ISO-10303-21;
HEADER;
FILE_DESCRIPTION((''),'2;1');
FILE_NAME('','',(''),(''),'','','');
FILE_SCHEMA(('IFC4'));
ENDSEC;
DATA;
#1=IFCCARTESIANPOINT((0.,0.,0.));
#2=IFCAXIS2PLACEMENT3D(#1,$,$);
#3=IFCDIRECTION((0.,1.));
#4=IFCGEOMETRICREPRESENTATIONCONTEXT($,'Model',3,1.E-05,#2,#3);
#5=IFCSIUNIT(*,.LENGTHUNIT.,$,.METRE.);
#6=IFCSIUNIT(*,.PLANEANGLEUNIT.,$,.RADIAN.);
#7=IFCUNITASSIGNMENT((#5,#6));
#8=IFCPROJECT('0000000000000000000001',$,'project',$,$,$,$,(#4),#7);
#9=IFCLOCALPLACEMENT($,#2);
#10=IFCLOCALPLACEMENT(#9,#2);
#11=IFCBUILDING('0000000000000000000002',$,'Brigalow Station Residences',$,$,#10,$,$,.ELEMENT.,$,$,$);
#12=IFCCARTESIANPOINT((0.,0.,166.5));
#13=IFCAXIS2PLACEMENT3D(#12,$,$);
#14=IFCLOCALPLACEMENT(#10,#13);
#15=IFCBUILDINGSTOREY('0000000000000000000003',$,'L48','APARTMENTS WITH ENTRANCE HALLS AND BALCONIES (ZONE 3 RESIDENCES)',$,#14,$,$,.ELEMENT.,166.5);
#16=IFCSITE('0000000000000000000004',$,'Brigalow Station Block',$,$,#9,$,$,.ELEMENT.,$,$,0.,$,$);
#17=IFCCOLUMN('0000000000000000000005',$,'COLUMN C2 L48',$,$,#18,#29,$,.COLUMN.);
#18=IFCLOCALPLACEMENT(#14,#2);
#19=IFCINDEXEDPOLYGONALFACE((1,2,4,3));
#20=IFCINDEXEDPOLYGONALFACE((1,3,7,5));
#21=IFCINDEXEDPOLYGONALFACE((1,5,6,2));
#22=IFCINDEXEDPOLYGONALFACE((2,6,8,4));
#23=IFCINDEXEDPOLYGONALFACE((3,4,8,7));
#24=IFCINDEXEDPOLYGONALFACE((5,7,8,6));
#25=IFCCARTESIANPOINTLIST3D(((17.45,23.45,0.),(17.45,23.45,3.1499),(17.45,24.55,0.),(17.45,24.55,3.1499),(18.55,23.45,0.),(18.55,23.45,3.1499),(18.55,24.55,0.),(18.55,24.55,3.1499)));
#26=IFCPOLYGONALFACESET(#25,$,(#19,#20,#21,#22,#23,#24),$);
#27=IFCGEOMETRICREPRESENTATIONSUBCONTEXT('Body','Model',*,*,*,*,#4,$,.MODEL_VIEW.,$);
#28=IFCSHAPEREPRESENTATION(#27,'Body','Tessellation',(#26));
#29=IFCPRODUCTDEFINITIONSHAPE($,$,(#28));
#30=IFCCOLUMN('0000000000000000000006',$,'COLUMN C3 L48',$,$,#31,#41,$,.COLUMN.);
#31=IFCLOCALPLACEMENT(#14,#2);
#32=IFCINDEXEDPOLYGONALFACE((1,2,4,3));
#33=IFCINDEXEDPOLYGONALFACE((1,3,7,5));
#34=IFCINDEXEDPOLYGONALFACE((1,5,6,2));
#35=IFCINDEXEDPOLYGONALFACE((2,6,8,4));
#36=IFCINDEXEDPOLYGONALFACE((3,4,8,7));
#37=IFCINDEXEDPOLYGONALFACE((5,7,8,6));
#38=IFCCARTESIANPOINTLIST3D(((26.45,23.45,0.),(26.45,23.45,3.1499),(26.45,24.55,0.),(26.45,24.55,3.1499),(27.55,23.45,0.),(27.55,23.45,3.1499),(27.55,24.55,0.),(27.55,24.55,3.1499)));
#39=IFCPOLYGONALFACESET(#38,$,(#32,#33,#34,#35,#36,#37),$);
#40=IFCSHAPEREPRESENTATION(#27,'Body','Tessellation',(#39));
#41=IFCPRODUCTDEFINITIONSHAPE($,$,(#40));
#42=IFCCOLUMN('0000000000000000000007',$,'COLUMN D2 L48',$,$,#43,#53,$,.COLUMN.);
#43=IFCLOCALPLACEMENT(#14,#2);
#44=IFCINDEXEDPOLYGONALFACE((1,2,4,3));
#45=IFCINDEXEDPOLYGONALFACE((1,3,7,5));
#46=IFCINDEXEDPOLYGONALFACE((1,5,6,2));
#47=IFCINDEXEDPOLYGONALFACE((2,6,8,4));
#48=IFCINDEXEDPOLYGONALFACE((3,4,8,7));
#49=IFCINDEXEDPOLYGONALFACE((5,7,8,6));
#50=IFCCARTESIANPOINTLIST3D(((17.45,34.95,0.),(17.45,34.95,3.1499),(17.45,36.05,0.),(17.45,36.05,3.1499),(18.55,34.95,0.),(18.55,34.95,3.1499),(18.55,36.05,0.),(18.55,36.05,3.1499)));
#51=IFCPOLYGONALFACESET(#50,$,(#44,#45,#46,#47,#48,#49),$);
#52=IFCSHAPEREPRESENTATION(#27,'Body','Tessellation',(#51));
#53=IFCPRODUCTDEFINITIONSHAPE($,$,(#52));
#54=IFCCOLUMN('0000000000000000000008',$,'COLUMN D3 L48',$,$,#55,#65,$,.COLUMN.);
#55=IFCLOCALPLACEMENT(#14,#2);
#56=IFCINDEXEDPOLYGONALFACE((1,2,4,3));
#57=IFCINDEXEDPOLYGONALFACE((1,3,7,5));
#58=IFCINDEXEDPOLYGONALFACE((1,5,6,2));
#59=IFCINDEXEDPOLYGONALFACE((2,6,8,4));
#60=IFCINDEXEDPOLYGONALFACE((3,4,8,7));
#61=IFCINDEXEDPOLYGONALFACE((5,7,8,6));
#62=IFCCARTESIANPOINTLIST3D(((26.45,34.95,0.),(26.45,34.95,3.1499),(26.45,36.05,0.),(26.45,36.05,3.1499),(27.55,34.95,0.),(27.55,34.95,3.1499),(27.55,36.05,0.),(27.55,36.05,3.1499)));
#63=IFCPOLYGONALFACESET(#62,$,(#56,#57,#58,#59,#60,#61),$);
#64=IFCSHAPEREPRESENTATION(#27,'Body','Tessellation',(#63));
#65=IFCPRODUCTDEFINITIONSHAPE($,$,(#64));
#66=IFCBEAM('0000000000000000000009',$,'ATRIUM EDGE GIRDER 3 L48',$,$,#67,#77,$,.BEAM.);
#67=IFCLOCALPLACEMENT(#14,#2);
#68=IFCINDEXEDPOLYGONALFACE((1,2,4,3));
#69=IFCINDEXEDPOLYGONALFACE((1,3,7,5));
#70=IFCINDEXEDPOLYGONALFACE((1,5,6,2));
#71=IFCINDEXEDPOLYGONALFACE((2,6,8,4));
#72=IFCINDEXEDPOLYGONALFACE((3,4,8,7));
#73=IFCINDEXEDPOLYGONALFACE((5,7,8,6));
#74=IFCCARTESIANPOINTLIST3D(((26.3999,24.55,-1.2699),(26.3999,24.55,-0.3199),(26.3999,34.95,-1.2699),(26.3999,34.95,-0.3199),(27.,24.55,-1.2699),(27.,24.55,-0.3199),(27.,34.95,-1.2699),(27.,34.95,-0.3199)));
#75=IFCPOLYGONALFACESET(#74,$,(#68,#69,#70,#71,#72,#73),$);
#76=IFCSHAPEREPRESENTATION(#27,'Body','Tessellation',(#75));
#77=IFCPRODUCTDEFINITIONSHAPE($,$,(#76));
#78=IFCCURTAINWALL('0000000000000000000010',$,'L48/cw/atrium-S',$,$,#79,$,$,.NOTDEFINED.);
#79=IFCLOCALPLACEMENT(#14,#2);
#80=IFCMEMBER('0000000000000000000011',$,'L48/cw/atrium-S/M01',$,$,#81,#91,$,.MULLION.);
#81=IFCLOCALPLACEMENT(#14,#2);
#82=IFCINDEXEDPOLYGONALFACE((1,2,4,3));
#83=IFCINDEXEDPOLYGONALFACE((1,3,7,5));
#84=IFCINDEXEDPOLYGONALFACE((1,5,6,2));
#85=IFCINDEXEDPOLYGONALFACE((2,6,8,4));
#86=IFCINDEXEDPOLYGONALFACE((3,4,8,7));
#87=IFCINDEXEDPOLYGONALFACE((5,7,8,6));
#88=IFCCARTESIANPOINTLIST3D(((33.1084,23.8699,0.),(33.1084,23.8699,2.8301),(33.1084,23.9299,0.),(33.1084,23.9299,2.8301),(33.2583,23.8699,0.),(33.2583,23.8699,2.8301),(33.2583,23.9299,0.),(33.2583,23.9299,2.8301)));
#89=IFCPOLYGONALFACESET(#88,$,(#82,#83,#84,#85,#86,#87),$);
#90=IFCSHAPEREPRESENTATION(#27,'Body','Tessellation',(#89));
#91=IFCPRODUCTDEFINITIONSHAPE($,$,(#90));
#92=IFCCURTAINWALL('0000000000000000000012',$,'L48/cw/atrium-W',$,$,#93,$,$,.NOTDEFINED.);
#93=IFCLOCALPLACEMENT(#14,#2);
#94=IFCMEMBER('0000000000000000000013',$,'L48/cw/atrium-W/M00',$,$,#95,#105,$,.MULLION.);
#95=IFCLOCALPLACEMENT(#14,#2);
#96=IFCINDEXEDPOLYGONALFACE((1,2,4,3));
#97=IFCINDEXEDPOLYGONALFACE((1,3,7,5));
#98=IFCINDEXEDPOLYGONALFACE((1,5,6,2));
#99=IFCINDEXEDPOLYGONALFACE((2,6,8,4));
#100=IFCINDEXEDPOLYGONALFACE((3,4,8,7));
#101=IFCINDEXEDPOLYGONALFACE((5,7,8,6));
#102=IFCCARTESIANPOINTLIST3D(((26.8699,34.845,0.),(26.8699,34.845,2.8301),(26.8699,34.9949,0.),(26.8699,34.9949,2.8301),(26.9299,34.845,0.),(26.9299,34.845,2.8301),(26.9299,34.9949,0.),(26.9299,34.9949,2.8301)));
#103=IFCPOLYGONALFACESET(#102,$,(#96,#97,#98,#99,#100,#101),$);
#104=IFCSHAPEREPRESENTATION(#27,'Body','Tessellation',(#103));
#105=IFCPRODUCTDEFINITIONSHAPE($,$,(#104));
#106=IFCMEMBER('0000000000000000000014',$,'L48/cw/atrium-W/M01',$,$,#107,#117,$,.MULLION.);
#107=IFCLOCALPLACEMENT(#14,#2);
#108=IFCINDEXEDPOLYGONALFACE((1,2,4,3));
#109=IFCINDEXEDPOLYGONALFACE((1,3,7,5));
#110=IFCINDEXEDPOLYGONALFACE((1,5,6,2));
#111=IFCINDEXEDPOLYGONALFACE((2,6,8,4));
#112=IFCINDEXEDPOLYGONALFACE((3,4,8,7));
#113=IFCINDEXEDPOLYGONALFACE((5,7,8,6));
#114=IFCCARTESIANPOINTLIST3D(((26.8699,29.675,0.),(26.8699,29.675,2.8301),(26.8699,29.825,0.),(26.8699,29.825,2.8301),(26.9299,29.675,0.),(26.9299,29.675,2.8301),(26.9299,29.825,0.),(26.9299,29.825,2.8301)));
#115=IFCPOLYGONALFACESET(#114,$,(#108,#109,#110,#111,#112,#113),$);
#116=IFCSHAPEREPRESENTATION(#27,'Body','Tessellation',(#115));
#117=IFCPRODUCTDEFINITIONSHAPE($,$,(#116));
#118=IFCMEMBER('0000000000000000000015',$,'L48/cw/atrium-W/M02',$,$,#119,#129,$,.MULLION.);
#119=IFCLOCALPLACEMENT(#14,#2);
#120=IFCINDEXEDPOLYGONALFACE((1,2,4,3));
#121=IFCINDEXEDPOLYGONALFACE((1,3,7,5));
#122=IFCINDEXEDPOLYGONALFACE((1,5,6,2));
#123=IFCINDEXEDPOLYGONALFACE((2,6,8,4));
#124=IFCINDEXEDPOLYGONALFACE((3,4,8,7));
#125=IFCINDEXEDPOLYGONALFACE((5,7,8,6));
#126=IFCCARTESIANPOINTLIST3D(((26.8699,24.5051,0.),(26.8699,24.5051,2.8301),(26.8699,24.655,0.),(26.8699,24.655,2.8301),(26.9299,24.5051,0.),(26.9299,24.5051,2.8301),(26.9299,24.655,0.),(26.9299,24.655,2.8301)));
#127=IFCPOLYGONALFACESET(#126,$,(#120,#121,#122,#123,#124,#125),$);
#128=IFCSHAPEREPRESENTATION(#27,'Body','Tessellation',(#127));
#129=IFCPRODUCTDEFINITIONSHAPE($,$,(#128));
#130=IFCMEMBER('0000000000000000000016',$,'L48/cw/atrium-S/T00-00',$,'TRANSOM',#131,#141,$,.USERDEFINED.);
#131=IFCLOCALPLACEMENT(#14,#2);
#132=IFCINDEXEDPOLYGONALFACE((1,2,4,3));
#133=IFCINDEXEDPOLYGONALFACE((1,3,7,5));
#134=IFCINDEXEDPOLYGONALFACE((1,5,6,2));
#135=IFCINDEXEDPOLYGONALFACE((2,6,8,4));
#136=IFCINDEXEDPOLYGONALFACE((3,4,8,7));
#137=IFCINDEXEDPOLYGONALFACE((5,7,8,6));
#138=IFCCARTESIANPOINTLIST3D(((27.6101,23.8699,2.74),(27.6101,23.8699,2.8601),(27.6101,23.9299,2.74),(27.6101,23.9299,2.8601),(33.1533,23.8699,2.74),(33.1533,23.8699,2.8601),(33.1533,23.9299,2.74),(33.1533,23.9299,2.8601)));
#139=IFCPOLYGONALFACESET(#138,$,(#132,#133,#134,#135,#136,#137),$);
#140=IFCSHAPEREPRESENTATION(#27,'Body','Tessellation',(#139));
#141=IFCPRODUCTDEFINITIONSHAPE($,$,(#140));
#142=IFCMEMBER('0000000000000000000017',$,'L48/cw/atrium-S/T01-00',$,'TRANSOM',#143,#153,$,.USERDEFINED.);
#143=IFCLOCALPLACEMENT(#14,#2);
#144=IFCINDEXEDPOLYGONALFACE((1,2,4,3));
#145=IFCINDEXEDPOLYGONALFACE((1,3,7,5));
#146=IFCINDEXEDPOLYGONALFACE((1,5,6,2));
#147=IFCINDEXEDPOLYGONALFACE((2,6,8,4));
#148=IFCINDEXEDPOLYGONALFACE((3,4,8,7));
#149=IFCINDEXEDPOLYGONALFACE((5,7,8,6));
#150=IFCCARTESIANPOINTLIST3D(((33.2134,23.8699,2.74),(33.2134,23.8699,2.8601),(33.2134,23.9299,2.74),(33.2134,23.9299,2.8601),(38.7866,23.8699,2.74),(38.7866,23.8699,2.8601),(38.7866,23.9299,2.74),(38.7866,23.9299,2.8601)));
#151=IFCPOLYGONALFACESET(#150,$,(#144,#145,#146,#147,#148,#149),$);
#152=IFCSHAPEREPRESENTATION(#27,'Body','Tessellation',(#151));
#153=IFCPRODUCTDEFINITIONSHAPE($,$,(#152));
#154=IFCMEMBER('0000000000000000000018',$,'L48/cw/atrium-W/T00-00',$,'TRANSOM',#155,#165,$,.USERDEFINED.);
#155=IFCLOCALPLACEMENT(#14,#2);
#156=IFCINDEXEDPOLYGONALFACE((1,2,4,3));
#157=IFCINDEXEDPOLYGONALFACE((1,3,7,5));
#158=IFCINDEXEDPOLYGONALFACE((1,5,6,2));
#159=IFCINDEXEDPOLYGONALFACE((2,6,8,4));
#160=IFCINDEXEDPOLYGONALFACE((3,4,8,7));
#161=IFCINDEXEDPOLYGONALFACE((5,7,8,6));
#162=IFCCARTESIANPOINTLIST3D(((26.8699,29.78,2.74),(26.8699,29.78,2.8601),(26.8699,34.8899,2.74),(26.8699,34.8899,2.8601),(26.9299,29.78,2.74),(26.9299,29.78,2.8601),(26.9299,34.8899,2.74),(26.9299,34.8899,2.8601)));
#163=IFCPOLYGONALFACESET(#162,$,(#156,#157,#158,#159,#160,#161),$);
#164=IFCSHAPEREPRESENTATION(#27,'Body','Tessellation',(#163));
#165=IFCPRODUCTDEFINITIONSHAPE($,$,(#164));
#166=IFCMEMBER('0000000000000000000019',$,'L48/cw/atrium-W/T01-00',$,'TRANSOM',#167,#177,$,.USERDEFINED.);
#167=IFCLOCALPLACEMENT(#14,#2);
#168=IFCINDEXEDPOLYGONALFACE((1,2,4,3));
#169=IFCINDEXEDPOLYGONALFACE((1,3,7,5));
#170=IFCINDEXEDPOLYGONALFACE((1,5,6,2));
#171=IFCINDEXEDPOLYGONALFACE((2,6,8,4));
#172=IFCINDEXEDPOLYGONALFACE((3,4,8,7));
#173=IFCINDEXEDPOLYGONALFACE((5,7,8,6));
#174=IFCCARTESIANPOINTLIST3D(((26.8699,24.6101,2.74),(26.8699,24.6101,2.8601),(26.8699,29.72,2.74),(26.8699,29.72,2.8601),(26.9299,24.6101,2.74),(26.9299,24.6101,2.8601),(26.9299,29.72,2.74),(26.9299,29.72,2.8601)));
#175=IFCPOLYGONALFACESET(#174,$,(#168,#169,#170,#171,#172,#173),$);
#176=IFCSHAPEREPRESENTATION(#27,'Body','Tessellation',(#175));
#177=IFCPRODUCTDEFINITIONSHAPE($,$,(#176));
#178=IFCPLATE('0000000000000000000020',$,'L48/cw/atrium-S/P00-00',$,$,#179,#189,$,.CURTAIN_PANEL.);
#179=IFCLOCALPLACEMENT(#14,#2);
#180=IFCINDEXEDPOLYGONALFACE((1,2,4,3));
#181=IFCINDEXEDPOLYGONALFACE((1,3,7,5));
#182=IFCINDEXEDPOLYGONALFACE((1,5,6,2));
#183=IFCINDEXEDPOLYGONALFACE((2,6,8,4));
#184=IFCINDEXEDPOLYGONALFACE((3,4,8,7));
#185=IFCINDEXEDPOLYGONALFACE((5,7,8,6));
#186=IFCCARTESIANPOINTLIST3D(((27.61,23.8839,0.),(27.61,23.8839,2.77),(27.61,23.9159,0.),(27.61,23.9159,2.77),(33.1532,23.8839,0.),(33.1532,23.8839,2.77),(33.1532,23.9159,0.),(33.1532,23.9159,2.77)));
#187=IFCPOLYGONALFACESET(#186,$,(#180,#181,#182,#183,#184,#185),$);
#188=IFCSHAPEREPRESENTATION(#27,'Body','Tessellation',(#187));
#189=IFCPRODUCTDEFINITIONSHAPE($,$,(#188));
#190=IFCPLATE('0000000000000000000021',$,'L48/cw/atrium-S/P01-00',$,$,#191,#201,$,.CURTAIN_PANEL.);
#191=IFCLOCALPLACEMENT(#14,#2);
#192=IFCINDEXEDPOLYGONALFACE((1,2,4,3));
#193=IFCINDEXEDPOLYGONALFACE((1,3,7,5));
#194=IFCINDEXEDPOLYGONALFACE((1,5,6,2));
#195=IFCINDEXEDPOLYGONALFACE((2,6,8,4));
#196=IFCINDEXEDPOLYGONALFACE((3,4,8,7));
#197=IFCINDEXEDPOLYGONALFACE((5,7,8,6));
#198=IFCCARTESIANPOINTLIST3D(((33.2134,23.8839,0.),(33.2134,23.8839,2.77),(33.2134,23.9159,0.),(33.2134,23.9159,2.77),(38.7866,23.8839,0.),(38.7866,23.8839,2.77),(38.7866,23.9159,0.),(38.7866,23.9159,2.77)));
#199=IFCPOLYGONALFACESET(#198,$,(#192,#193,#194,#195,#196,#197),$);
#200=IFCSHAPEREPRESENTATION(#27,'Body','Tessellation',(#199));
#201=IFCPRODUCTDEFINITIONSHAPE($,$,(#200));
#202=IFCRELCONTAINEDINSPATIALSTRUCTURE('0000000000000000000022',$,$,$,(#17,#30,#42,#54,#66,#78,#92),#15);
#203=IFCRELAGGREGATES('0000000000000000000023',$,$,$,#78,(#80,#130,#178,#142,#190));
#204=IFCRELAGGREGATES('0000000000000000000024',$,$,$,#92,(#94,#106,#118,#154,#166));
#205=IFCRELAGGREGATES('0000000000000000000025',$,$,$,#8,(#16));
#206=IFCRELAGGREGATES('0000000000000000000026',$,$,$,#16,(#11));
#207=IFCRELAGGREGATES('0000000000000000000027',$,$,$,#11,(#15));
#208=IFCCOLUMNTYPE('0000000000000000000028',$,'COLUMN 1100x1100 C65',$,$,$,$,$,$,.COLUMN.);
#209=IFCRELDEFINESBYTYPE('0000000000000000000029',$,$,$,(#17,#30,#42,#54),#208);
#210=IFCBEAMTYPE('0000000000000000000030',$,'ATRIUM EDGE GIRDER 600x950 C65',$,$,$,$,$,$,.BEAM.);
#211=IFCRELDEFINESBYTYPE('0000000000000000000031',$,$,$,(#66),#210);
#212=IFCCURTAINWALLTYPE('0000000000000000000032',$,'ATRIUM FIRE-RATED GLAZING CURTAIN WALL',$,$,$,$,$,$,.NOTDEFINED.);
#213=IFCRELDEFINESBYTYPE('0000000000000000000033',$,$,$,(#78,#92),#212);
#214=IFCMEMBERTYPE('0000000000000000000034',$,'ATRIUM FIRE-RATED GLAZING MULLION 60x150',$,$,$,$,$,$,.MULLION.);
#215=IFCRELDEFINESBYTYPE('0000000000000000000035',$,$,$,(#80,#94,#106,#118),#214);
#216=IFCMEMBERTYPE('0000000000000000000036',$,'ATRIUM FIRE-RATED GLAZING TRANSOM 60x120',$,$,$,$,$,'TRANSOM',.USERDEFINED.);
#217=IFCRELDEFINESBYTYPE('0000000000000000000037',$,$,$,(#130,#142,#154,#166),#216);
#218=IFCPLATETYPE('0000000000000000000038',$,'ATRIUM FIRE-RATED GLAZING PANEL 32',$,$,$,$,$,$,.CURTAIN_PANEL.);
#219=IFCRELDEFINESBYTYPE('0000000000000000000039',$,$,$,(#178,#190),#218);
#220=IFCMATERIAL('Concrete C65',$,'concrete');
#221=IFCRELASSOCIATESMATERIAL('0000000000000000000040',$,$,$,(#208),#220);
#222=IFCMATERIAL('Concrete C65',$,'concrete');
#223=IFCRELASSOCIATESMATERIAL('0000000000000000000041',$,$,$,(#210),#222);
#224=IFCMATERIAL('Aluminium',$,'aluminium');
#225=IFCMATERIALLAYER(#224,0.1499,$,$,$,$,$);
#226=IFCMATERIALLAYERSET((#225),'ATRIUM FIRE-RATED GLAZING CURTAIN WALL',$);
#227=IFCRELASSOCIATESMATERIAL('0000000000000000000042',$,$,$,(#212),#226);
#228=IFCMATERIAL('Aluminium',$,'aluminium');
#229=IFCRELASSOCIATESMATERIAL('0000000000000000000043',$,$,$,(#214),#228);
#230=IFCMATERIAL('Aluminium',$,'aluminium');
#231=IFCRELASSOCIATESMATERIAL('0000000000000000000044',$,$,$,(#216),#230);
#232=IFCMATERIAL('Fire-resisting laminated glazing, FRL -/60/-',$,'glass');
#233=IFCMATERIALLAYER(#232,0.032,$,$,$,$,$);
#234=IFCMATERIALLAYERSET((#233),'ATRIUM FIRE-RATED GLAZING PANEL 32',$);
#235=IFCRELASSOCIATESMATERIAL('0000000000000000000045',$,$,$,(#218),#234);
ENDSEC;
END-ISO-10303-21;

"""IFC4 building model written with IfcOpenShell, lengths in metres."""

from ifc_helpers import new_model, si_unit, direction, frame, origin, origin_2d, place, context, subcontext, project, spatial, rectangle, extrude, material, layer, layer_set, material_profile, profile_set, type_object, element, aggregate, save


model = new_model("IFC4")

# Units and contexts
model_context = context("Model", 3, precision=1e-05, world=origin(), true_north=direction((0.0, 1.0)))
body_context = subcontext(model_context, "Body", "Model", "MODEL_VIEW")
ifc_project = project(units=[si_unit("LENGTHUNIT", "METRE"), si_unit("PLANEANGLEUNIT", "RADIAN")], contexts=[model_context])

# Site, building, storey
site_placement = place(None, origin())
site = spatial("IfcSite", under=ifc_project, at=site_placement, Name="Brigalow Station Block", CompositionType="ELEMENT", RefElevation=0.0)
building_placement = place(site_placement, origin())
building = spatial("IfcBuilding", under=site, at=building_placement, Name="Brigalow Station Residences", CompositionType="ELEMENT")
storey_placement = place(building_placement, frame((0.0, 0.0, 166.5)))
storey = spatial("IfcBuildingStorey", under=building, at=storey_placement, Name="L48", Description="APARTMENTS WITH ENTRANCE HALLS AND BALCONIES (ZONE 3 RESIDENCES)", CompositionType="ELEMENT", Elevation=166.5)

# Columns
ifc_material_1 = material(Name="Concrete C65", Category="concrete")
ifc_material_profile_1 = material_profile(ifc_material_1, rectangle(XDim=1.1001, YDim=1.1001, at=origin_2d()), Name="RC1100x1100")
ifc_profile_set_1 = profile_set([ifc_material_profile_1], Name="Concrete C65")
column_type = type_object("IfcColumnType", Name="COLUMN 1100x1100 C65", PredefinedType="COLUMN", material=ifc_profile_set_1)
for number, where, z_axis, x_axis, name in (
    (1, (18.0, 24.0, 0.0), (0.0, 0.0, 1.0), (1.0, 0.0, 0.0), "COLUMN C2 L48"),
    (2, (27.0, 24.0, 0.0), (0.0, 0.0, 1.0), (1.0, 0.0, 0.0), "COLUMN C3 L48"),
    (3, (18.0, 35.5, 0.0), (0.0, 0.0, 1.0), (1.0, 0.0, 0.0), "COLUMN D2 L48"),
    (4, (27.0, 35.5, 0.0), (0.0, 0.0, 1.0), (1.0, 0.0, 0.0), "COLUMN D3 L48"),
):
    element("IfcColumn", number, at=place(storey_placement, frame(where, z_axis=z_axis, x_axis=x_axis)), inside=storey, type_object=column_type, Name=name, PredefinedType="COLUMN", context=body_context, shape_type="SweptSolid", body=[
        extrude(rectangle(XDim=1.1001, YDim=1.1001, at=origin_2d()), origin(), (0.0, 0.0, 1.0), 3.1499),
    ])

# Beam
ifc_material_2 = material(Name="Concrete C65", Category="concrete")
ifc_material_profile_2 = material_profile(ifc_material_2, rectangle(XDim=0.6001, YDim=0.95, at=origin_2d()), Name="RC600x950")
ifc_profile_set_2 = profile_set([ifc_material_profile_2], Name="Concrete C65")
beam_type = type_object("IfcBeamType", Name="ATRIUM EDGE GIRDER 600x950 C65", PredefinedType="BEAM", material=ifc_profile_set_2)
beam_placement = place(storey_placement, frame((26.7, 24.55, -0.7949), z_axis=(0.0, 1.0, 0.0), x_axis=(-1.0, 0.0, 0.0)))
element("IfcBeam", 5, at=beam_placement, inside=storey, type_object=beam_type, Name="ATRIUM EDGE GIRDER 3 L48", PredefinedType="BEAM", context=body_context, shape_type="SweptSolid", body=[
    extrude(rectangle(XDim=0.6001, YDim=0.95, at=origin_2d()), origin(), (0.0, 0.0, 1.0), 10.3999),
])

# Curtain wall, member
ifc_material_3 = material(Name="Aluminium", Category="aluminium")
ifc_layer_1 = layer(ifc_material_3, 0.1499)
ifc_layer_set_1 = layer_set([ifc_layer_1], Name="ATRIUM FIRE-RATED GLAZING CURTAIN WALL")
curtain_wall_type = type_object("IfcCurtainWallType", Name="ATRIUM FIRE-RATED GLAZING CURTAIN WALL", PredefinedType="NOTDEFINED", material=ifc_layer_set_1)
curtain_wall_1_placement = place(storey_placement, origin())
curtain_wall_1 = element("IfcCurtainWall", 6, at=curtain_wall_1_placement, inside=storey, type_object=curtain_wall_type, Name="L48/cw/atrium-S", PredefinedType="NOTDEFINED")
ifc_material_4 = material(Name="Aluminium", Category="aluminium")
ifc_material_profile_3 = material_profile(ifc_material_4, rectangle(XDim=0.0601, YDim=0.1499, at=origin_2d()), Name="ATRIUM FIRE-RATED GLAZING MULLION 60x150")
ifc_profile_set_3 = profile_set([ifc_material_profile_3], Name="Aluminium")
member_type_1 = type_object("IfcMemberType", Name="ATRIUM FIRE-RATED GLAZING MULLION 60x150", PredefinedType="MULLION", material=ifc_profile_set_3)
member_1_placement = place(storey_placement, frame((33.1833, 23.8999, 0.0), z_axis=(0.0, 0.0, 1.0), x_axis=(0.0, 1.0, 0.0)))
member_1 = element("IfcMember", 7, at=member_1_placement, type_object=member_type_1, Name="L48/cw/atrium-S/M01", PredefinedType="MULLION", context=body_context, shape_type="SweptSolid", body=[
    extrude(rectangle(XDim=0.0601, YDim=0.1499, at=origin_2d()), origin(), (0.0, 0.0, 1.0), 2.8301),
])

# Curtain wall, members
curtain_wall_2_placement = place(storey_placement, origin())
curtain_wall_2 = element("IfcCurtainWall", 8, at=curtain_wall_2_placement, inside=storey, type_object=curtain_wall_type, Name="L48/cw/atrium-W", PredefinedType="NOTDEFINED")
member_2_placement = place(storey_placement, frame((26.8999, 34.9199, 0.0), z_axis=(0.0, 0.0, 1.0), x_axis=(1.0, 0.0, 0.0)))
member_2 = element("IfcMember", 9, at=member_2_placement, type_object=member_type_1, Name="L48/cw/atrium-W/M00", PredefinedType="MULLION", context=body_context, shape_type="SweptSolid", body=[
    extrude(rectangle(XDim=0.0601, YDim=0.1499, at=origin_2d()), origin(), (0.0, 0.0, 1.0), 2.8301),
])
member_3_placement = place(storey_placement, frame((26.8999, 29.75, 0.0), z_axis=(0.0, 0.0, 1.0), x_axis=(1.0, 0.0, 0.0)))
member_3 = element("IfcMember", 10, at=member_3_placement, type_object=member_type_1, Name="L48/cw/atrium-W/M01", PredefinedType="MULLION", context=body_context, shape_type="SweptSolid", body=[
    extrude(rectangle(XDim=0.0601, YDim=0.1499, at=origin_2d()), origin(), (0.0, 0.0, 1.0), 2.8301),
])
member_4_placement = place(storey_placement, frame((26.8999, 24.5801, 0.0), z_axis=(0.0, 0.0, 1.0), x_axis=(1.0, 0.0, 0.0)))
member_4 = element("IfcMember", 11, at=member_4_placement, type_object=member_type_1, Name="L48/cw/atrium-W/M02", PredefinedType="MULLION", context=body_context, shape_type="SweptSolid", body=[
    extrude(rectangle(XDim=0.0601, YDim=0.1499, at=origin_2d()), origin(), (0.0, 0.0, 1.0), 2.8301),
])

# Members
ifc_material_5 = material(Name="Aluminium", Category="aluminium")
ifc_material_profile_4 = material_profile(ifc_material_5, rectangle(XDim=0.0601, YDim=0.1201, at=origin_2d()), Name="ATRIUM FIRE-RATED GLAZING TRANSOM 60x120")
ifc_profile_set_4 = profile_set([ifc_material_profile_4], Name="Aluminium")
member_type_2 = type_object("IfcMemberType", Name="ATRIUM FIRE-RATED GLAZING TRANSOM 60x120", ElementType="TRANSOM", PredefinedType="USERDEFINED", material=ifc_profile_set_4)
member_5_placement = place(storey_placement, frame((27.6101, 23.8999, 2.8), z_axis=(1.0, 0.0, 0.0), x_axis=(0.0, 1.0, 0.0)))
member_5 = element("IfcMember", 12, at=member_5_placement, type_object=member_type_2, Name="L48/cw/atrium-S/T00-00", ObjectType="TRANSOM", PredefinedType="USERDEFINED", context=body_context, shape_type="SweptSolid", body=[
    extrude(rectangle(XDim=0.0601, YDim=0.1201, at=origin_2d()), origin(), (0.0, 0.0, 1.0), 5.5432),
])
member_6_placement = place(storey_placement, frame((33.2134, 23.8999, 2.8), z_axis=(1.0, 0.0, 0.0), x_axis=(0.0, 1.0, 0.0)))
member_6 = element("IfcMember", 13, at=member_6_placement, type_object=member_type_2, Name="L48/cw/atrium-S/T01-00", ObjectType="TRANSOM", PredefinedType="USERDEFINED", context=body_context, shape_type="SweptSolid", body=[
    extrude(rectangle(XDim=0.0601, YDim=0.1201, at=origin_2d()), origin(), (0.0, 0.0, 1.0), 5.5732),
])
member_7_placement = place(storey_placement, frame((26.8999, 34.8899, 2.8), z_axis=(0.0, -1.0, 0.0), x_axis=(1.0, 0.0, 0.0)))
member_7 = element("IfcMember", 14, at=member_7_placement, type_object=member_type_2, Name="L48/cw/atrium-W/T00-00", ObjectType="TRANSOM", PredefinedType="USERDEFINED", context=body_context, shape_type="SweptSolid", body=[
    extrude(rectangle(XDim=0.0601, YDim=0.1201, at=origin_2d()), origin(), (0.0, 0.0, 1.0), 5.1099),
])
member_8_placement = place(storey_placement, frame((26.8999, 29.72, 2.8), z_axis=(0.0, -1.0, 0.0), x_axis=(1.0, 0.0, 0.0)))
member_8 = element("IfcMember", 15, at=member_8_placement, type_object=member_type_2, Name="L48/cw/atrium-W/T01-00", ObjectType="TRANSOM", PredefinedType="USERDEFINED", context=body_context, shape_type="SweptSolid", body=[
    extrude(rectangle(XDim=0.0601, YDim=0.1201, at=origin_2d()), origin(), (0.0, 0.0, 1.0), 5.1099),
])

# Plates
ifc_material_6 = material(Name="Fire-resisting laminated glazing, FRL -/60/-", Category="glass")
ifc_layer_2 = layer(ifc_material_6, 0.032)
ifc_layer_set_2 = layer_set([ifc_layer_2], Name="ATRIUM FIRE-RATED GLAZING PANEL 32")
plate_type = type_object("IfcPlateType", Name="ATRIUM FIRE-RATED GLAZING PANEL 32", PredefinedType="CURTAIN_PANEL", material=ifc_layer_set_2)
plate_1_placement = place(storey_placement, frame((30.3816, 23.8999, 0.0), z_axis=(0.0, 0.0, 1.0), x_axis=(1.0, 0.0, 0.0)))
plate_1 = element("IfcPlate", 16, at=plate_1_placement, type_object=plate_type, Name="L48/cw/atrium-S/P00-00", PredefinedType="CURTAIN_PANEL", context=body_context, shape_type="SweptSolid", body=[
    extrude(rectangle(XDim=5.5432, YDim=0.032, at=origin_2d()), origin(), (0.0, 0.0, 1.0), 2.77),
])
plate_2_placement = place(storey_placement, frame((36.0, 23.8999, 0.0), z_axis=(0.0, 0.0, 1.0), x_axis=(1.0, 0.0, 0.0)))
plate_2 = element("IfcPlate", 17, at=plate_2_placement, type_object=plate_type, Name="L48/cw/atrium-S/P01-00", PredefinedType="CURTAIN_PANEL", context=body_context, shape_type="SweptSolid", body=[
    extrude(rectangle(XDim=5.5732, YDim=0.032, at=origin_2d()), origin(), (0.0, 0.0, 1.0), 2.77),
])
aggregate(curtain_wall_1, [member_1, member_5, plate_1, member_6, plate_2])
aggregate(curtain_wall_2, [member_2, member_3, member_4, member_7, member_8])

save(model, "model.ifc")
